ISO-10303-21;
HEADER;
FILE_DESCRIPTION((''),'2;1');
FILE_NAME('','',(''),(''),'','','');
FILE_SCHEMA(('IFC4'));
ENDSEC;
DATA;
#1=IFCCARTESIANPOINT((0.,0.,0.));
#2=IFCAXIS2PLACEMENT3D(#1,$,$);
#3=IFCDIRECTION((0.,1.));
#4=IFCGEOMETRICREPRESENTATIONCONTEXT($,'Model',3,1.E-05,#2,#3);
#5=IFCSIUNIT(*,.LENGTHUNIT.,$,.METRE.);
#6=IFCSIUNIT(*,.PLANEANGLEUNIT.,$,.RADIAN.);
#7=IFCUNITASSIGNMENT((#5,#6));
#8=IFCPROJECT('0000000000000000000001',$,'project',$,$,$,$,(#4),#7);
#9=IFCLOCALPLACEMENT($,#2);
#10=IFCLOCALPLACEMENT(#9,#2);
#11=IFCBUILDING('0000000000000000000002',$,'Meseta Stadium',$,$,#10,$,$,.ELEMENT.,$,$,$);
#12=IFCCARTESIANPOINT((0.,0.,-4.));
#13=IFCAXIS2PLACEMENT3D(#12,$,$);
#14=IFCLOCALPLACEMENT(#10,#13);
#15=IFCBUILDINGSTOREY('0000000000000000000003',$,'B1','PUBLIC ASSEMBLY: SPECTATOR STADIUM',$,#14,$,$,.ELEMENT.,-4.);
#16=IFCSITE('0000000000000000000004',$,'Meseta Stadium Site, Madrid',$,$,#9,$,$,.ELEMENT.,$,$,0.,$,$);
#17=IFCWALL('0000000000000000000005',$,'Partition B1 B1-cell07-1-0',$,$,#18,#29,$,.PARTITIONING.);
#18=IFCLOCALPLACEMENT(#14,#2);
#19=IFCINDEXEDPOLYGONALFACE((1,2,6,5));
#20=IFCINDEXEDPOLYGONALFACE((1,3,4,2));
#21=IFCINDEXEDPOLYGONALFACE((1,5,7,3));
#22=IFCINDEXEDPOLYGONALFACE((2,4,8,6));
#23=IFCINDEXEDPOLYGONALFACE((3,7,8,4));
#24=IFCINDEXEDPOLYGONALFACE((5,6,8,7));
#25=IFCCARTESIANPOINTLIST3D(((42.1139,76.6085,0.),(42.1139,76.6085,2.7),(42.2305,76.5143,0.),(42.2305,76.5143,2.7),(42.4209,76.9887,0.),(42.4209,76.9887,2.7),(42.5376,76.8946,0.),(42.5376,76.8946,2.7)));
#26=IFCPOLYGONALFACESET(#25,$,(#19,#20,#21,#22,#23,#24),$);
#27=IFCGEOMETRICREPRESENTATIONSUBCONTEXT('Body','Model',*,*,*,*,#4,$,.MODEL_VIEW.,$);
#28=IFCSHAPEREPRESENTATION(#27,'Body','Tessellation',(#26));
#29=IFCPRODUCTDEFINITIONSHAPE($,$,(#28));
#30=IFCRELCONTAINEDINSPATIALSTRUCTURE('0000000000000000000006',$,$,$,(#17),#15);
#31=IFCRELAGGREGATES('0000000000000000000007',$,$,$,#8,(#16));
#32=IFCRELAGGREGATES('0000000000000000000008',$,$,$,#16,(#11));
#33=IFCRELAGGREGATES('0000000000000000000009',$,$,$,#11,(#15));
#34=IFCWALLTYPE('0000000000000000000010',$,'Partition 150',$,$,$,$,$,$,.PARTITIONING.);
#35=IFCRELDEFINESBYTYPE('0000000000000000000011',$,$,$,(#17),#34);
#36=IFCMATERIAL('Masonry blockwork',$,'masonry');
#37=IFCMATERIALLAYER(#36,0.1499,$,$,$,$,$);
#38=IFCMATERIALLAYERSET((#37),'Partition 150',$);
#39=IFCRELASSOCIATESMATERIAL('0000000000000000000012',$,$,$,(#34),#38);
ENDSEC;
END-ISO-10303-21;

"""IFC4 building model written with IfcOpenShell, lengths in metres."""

from ifc_helpers import new_model, si_unit, direction, frame, frame_2d, origin, place, context, subcontext, project, spatial, rectangle, extrude, material, layer, layer_set, type_object, element, save


model = new_model("IFC4")

# Units and contexts
model_context = context("Model", 3, precision=1e-05, world=origin(), true_north=direction((0.0, 1.0)))
body_context = subcontext(model_context, "Body", "Model", "MODEL_VIEW")
ifc_project = project(units=[si_unit("LENGTHUNIT", "METRE"), si_unit("PLANEANGLEUNIT", "RADIAN")], contexts=[model_context])

# Site, building, storey
site_placement = place(None, origin())
site = spatial("IfcSite", under=ifc_project, at=site_placement, Name="Meseta Stadium Site, Madrid", CompositionType="ELEMENT", RefElevation=0.0)
building_placement = place(site_placement, origin())
building = spatial("IfcBuilding", under=site, at=building_placement, Name="Meseta Stadium", CompositionType="ELEMENT")
storey_placement = place(building_placement, frame((0.0, 0.0, -4.0)))
storey = spatial("IfcBuildingStorey", under=building, at=storey_placement, Name="B1", Description="PUBLIC ASSEMBLY: SPECTATOR STADIUM", CompositionType="ELEMENT", Elevation=-4.0)

# Shared definitions
ifc_material_1 = material(Name="Masonry blockwork", Category="masonry")
ifc_layer = layer(ifc_material_1, 0.1499)
ifc_layer_set = layer_set([ifc_layer], Name="Partition 150")
wall_type = type_object("IfcWallType", Name="Partition 150", PredefinedType="PARTITIONING", material=ifc_layer_set)

# Wall
wall_1_placement = place(storey_placement, frame((42.4792, 76.9417, 0.0), z_axis=(0.0, 0.0, 1.0), x_axis=(-0.628221, -0.778035, 0.0)))
element("IfcWall", 1, at=wall_1_placement, inside=storey, type_object=wall_type, Name="Partition B1 B1-cell07-1-0", PredefinedType="PARTITIONING", context=body_context, shape_type="SweptSolid", body=[
    extrude(rectangle(XDim=0.4888, YDim=0.1499, at=frame_2d((0.2444, 0.0))), origin(), (0.0, 0.0, 1.0), 2.7),
])

save(model, "model.ifc")
